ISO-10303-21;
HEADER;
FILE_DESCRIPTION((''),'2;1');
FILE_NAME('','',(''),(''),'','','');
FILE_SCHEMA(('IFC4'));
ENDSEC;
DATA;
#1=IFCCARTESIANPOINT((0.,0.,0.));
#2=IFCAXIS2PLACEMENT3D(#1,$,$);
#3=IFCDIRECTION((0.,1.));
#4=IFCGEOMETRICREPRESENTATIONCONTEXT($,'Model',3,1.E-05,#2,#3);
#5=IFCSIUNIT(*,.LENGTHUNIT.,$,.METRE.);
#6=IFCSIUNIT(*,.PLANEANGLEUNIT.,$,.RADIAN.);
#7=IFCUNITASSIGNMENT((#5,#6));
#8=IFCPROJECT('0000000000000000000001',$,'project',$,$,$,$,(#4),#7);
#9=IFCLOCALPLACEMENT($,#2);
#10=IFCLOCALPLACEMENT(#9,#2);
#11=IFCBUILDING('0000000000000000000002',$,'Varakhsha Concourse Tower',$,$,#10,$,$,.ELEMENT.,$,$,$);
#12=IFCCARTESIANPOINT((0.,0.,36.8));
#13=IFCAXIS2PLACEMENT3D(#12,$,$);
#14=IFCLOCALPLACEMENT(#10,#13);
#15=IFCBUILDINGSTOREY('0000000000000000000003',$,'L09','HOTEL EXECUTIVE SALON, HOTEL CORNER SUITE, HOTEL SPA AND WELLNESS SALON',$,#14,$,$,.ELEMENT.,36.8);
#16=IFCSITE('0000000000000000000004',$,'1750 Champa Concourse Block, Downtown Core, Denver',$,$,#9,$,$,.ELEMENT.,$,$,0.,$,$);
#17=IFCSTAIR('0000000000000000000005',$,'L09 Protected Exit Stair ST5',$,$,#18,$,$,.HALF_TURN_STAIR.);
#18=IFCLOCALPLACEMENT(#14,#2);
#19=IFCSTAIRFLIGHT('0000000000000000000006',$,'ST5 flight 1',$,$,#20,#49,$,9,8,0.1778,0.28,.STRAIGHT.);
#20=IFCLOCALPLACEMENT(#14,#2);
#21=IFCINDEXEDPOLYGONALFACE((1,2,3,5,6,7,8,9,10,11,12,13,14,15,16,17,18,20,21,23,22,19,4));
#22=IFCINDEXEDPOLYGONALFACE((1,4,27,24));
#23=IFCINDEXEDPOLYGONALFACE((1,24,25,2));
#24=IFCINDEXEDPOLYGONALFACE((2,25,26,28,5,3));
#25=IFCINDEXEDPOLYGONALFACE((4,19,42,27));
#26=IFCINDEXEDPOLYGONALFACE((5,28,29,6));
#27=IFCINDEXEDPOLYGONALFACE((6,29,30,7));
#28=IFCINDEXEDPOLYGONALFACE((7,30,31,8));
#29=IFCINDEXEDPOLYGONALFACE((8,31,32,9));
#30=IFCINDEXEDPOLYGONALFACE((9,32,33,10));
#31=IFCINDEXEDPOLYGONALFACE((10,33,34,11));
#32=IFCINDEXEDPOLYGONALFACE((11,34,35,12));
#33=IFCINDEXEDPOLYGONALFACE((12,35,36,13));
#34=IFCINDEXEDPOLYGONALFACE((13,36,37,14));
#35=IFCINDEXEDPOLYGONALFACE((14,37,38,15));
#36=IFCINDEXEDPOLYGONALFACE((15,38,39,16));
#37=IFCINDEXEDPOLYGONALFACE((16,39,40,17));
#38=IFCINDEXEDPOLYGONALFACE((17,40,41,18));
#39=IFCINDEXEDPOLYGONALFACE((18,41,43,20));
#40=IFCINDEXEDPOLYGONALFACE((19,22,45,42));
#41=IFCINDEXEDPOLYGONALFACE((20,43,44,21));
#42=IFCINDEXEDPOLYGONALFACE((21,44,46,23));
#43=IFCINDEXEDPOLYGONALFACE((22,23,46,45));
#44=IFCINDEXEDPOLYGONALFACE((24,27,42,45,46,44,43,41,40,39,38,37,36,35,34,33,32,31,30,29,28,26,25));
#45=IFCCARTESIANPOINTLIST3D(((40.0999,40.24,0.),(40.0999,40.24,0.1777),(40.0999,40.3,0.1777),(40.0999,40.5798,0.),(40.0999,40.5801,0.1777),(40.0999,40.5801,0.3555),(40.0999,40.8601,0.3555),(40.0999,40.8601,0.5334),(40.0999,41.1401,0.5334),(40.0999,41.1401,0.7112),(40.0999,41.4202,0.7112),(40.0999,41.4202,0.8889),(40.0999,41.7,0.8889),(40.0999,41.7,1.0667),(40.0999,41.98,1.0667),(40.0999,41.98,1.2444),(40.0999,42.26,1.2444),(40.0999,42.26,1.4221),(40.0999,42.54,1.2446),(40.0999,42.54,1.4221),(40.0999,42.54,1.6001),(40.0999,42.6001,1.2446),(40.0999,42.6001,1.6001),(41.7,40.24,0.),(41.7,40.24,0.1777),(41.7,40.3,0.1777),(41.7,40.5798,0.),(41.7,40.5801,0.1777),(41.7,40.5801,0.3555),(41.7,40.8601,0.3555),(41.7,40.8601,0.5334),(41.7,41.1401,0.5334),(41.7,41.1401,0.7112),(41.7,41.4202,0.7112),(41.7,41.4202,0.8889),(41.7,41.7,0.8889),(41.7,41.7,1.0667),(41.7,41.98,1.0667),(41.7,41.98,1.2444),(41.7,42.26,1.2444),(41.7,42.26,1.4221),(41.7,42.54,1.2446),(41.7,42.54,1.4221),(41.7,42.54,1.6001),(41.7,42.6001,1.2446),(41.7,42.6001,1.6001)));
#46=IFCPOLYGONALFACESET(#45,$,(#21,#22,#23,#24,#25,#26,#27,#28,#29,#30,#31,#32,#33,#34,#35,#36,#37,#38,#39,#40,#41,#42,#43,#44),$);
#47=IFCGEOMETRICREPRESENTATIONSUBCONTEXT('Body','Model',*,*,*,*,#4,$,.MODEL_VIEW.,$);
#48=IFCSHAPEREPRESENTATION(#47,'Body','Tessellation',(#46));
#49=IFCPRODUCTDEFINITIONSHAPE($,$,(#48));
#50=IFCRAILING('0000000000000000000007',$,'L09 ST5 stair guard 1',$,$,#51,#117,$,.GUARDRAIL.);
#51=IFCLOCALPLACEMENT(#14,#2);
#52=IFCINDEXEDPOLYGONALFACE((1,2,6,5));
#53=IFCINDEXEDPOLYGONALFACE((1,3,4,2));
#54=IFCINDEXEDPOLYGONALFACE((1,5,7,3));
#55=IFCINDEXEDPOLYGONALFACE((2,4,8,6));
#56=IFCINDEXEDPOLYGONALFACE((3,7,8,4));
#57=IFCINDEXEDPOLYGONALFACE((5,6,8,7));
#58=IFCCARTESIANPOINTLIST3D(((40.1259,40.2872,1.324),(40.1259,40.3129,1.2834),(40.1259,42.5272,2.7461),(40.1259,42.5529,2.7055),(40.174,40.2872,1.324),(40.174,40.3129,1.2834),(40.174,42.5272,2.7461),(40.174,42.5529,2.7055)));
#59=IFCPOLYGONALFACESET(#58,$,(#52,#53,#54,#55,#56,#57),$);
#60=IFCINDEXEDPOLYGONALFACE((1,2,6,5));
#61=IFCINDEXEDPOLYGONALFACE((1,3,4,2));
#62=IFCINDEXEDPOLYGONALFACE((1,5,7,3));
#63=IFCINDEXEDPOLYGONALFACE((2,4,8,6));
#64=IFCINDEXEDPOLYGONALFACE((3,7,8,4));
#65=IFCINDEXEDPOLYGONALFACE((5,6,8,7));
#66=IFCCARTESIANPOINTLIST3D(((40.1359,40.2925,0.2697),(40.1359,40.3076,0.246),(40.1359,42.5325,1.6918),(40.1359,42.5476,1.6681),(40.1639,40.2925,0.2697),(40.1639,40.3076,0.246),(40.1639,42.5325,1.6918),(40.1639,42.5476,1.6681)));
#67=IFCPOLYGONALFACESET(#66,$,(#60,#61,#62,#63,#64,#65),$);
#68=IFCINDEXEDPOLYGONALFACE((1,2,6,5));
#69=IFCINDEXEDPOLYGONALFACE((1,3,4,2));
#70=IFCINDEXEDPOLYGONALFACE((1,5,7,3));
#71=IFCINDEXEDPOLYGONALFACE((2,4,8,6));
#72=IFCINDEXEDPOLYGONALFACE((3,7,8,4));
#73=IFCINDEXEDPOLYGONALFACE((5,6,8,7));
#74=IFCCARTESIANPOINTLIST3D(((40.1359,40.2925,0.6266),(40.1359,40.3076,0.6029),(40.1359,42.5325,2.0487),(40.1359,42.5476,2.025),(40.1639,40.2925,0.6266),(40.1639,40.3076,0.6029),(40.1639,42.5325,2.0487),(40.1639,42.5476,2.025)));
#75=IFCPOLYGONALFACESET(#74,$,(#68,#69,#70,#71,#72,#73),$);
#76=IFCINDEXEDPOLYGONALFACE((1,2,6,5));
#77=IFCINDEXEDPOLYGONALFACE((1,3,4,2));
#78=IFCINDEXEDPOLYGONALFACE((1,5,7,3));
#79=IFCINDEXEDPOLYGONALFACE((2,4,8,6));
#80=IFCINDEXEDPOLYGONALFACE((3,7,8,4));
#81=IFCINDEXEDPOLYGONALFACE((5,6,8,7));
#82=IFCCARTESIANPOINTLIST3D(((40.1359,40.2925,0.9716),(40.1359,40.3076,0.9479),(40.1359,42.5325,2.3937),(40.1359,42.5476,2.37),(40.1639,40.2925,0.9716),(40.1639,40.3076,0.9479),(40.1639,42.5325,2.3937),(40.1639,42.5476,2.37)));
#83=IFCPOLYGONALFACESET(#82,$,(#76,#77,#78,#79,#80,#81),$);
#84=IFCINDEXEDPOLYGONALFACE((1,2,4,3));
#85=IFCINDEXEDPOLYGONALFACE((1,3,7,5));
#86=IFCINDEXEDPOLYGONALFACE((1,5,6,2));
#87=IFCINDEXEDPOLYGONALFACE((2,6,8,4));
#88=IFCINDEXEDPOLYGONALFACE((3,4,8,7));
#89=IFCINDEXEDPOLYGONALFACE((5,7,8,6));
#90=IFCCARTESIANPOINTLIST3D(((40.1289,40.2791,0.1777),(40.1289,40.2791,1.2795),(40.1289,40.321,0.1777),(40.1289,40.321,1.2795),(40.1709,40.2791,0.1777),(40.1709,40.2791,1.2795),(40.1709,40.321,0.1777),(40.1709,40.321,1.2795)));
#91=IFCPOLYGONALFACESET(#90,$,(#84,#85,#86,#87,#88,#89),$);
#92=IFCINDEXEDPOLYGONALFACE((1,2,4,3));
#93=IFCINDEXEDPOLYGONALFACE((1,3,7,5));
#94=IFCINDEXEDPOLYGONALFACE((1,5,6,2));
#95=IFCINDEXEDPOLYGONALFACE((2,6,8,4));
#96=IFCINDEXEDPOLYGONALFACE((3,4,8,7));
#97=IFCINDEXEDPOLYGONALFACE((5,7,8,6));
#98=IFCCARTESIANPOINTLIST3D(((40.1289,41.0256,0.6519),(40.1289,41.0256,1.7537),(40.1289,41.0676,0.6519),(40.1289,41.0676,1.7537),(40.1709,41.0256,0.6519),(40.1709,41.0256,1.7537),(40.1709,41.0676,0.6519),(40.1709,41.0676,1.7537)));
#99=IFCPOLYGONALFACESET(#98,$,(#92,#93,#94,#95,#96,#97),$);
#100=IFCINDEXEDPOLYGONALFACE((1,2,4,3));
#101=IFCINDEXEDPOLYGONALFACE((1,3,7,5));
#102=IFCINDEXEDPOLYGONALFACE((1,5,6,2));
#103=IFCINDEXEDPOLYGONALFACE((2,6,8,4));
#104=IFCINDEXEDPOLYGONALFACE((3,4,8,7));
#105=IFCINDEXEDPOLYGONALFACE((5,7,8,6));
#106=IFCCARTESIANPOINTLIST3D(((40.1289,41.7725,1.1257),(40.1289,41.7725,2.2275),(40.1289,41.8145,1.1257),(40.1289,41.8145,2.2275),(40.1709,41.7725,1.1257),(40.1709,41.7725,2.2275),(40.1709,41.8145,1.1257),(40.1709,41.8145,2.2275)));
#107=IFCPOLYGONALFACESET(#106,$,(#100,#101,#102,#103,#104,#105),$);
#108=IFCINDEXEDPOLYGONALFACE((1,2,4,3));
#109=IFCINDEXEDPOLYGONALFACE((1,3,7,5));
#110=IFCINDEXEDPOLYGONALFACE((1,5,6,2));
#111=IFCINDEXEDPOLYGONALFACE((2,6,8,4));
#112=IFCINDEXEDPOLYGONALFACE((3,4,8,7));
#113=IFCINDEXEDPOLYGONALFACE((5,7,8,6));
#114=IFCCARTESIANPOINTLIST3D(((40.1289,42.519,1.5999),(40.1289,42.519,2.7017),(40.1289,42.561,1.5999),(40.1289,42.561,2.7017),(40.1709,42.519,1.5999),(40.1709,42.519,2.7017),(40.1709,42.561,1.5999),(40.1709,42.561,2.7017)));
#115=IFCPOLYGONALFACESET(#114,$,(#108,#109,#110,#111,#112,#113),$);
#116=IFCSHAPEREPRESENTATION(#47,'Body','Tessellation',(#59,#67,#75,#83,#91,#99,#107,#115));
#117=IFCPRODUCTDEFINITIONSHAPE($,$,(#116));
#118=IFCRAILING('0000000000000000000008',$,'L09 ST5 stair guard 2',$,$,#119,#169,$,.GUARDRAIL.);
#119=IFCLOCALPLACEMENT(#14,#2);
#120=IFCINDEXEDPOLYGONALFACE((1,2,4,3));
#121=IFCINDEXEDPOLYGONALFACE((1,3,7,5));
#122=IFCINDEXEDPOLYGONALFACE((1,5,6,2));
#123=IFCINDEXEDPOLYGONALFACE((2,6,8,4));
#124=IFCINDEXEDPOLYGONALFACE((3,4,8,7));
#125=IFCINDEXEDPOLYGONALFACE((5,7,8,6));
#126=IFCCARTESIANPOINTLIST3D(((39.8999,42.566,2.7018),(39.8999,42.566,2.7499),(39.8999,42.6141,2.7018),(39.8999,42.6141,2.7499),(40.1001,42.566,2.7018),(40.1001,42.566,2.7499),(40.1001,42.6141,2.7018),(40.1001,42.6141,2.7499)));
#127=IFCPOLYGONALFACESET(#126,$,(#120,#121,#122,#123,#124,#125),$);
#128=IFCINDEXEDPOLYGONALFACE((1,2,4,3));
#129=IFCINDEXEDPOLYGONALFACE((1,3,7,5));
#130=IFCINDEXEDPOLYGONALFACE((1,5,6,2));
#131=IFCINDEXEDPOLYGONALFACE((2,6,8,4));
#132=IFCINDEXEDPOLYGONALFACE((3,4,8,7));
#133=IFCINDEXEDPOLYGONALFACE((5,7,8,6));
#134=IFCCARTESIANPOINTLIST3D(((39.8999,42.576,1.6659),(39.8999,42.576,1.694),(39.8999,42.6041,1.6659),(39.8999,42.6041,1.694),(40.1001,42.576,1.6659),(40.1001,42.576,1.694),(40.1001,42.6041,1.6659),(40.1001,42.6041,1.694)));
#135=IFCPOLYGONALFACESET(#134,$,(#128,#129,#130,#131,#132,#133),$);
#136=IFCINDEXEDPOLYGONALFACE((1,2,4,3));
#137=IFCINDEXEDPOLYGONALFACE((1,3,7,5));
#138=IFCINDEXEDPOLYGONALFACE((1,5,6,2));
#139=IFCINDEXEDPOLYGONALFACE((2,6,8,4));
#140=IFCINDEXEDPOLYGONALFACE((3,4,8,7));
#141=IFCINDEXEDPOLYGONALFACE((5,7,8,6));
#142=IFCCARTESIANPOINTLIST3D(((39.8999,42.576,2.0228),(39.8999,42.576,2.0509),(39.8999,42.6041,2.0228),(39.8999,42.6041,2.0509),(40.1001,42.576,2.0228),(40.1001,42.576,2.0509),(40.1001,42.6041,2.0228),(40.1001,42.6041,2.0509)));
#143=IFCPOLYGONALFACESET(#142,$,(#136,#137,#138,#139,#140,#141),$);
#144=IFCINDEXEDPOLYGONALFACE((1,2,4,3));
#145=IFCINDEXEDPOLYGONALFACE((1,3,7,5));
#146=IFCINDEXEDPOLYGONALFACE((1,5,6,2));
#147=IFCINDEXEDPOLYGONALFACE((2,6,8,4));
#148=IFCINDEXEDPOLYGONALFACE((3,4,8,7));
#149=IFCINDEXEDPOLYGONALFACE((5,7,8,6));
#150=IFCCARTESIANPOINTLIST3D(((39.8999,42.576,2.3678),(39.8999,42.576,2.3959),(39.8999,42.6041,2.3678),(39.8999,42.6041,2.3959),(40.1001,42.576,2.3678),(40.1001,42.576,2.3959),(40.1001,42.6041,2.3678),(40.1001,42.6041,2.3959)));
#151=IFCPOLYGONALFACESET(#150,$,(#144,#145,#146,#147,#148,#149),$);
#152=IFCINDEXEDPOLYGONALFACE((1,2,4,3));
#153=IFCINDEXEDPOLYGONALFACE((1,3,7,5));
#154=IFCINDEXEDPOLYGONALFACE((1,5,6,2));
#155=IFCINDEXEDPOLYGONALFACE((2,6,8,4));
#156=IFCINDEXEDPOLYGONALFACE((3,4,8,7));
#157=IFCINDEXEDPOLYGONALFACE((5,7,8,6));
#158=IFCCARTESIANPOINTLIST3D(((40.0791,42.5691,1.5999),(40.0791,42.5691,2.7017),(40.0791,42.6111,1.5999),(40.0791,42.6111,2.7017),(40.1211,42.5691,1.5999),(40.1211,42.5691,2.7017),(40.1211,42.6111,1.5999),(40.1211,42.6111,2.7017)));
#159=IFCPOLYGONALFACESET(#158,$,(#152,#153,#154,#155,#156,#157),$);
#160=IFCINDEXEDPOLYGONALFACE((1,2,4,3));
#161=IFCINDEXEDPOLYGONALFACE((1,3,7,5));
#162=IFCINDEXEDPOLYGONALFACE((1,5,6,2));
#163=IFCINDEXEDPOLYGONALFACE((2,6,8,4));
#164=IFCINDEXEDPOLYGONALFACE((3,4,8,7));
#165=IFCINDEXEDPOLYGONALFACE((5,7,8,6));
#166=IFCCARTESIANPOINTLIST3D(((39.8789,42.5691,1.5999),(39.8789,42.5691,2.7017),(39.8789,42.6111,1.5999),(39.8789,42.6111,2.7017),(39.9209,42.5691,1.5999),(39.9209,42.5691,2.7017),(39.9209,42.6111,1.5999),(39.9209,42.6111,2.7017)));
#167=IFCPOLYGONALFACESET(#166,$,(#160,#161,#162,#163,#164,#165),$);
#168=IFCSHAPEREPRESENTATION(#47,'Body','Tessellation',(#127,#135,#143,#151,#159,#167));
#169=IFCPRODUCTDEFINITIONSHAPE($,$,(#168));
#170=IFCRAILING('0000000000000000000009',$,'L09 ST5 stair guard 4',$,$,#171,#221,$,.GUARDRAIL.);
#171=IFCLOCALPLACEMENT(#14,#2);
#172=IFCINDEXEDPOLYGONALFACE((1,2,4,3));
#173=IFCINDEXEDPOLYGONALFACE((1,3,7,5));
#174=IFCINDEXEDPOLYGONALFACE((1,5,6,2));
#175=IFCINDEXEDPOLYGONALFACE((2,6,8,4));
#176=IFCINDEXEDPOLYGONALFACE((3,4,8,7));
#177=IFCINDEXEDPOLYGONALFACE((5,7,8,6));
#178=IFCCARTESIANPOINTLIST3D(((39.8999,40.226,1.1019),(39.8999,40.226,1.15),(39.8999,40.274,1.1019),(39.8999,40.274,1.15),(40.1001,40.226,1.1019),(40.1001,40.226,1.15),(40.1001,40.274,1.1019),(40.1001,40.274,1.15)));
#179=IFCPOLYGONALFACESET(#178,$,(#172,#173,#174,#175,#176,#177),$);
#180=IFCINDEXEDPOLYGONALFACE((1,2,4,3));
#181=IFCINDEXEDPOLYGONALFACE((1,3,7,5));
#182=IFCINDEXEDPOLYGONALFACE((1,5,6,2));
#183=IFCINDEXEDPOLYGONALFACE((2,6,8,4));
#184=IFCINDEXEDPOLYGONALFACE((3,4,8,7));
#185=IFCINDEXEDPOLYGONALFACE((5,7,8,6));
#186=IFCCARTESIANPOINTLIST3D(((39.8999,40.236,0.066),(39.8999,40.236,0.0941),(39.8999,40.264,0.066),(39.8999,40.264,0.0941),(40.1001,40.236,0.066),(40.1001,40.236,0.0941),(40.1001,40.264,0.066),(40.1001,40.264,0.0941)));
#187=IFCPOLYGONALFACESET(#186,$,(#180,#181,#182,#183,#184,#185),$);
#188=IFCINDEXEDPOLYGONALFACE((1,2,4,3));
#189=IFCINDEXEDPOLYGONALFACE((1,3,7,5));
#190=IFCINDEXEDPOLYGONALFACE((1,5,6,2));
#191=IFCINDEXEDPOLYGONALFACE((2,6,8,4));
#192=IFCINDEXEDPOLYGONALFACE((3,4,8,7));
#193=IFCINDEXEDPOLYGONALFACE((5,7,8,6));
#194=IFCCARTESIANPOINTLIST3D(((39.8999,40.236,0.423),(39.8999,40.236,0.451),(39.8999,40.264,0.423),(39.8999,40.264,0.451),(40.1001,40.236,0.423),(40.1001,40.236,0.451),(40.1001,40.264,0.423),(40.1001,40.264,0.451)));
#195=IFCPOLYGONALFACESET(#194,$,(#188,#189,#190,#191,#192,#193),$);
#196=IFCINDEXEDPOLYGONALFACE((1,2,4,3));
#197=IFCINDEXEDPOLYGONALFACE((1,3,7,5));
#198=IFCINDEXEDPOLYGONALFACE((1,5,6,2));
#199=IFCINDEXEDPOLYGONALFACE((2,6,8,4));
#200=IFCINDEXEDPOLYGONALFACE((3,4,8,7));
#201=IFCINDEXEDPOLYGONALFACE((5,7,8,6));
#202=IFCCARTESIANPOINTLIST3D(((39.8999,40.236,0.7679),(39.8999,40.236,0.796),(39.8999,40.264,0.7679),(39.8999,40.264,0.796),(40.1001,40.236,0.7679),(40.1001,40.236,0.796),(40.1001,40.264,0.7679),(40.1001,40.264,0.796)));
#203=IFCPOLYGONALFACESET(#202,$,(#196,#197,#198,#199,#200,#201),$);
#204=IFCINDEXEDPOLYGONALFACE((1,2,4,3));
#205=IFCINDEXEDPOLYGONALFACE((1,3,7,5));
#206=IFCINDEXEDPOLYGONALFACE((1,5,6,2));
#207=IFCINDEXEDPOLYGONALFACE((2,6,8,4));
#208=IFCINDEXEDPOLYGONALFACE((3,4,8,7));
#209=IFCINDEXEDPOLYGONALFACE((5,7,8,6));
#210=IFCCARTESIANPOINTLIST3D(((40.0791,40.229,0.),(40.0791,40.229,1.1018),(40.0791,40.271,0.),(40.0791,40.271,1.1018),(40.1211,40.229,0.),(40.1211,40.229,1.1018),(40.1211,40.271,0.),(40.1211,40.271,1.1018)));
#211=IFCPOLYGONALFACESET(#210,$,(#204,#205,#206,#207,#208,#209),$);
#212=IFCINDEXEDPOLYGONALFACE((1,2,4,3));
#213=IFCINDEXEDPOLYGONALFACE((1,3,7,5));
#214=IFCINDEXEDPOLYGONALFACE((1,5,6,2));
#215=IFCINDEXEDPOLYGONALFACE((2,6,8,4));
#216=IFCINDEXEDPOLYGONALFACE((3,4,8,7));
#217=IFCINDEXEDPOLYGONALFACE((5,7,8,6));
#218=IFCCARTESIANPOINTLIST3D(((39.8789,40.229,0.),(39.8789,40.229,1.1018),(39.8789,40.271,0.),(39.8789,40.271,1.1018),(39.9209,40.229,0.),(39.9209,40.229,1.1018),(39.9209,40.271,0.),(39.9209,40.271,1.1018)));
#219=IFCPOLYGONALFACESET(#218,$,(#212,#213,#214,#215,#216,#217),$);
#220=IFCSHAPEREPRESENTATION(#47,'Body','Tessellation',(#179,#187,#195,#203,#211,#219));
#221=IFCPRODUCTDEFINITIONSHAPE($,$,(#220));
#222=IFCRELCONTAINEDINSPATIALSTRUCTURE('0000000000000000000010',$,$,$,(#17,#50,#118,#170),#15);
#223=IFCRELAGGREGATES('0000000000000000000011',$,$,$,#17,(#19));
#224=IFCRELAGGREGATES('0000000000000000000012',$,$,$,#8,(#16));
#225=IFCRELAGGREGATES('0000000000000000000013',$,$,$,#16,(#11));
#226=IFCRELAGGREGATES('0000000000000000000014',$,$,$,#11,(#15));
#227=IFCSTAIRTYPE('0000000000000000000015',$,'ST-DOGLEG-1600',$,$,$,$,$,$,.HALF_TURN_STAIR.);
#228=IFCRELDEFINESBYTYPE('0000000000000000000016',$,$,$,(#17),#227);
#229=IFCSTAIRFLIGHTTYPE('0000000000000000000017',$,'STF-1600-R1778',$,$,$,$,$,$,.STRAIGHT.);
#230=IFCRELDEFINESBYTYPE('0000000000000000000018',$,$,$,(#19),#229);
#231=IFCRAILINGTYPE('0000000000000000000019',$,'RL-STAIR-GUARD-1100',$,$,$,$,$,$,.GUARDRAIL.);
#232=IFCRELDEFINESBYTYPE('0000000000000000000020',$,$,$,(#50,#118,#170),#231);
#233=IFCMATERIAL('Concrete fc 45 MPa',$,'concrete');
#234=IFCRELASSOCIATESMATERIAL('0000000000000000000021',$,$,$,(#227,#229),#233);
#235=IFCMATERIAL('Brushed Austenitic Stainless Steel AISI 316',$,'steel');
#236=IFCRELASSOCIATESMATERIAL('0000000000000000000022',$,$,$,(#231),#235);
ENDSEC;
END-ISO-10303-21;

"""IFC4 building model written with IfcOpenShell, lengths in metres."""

from ifc_helpers import new_model, si_unit, direction, frame, origin, origin_2d, place, context, subcontext, project, spatial, polyline, rectangle, outline, extrude, material, type_object, element, aggregate, save


model = new_model("IFC4")

# Units and contexts
model_context = context("Model", 3, precision=1e-05, world=origin(), true_north=direction((0.0, 1.0)))
body_context = subcontext(model_context, "Body", "Model", "MODEL_VIEW")
ifc_project = project(units=[si_unit("LENGTHUNIT", "METRE"), si_unit("PLANEANGLEUNIT", "RADIAN")], contexts=[model_context])

# Site, building, storey
site_placement = place(None, origin())
site = spatial("IfcSite", under=ifc_project, at=site_placement, Name="1750 Champa Concourse Block, Downtown Core, Denver", CompositionType="ELEMENT", RefElevation=0.0)
building_placement = place(site_placement, origin())
building = spatial("IfcBuilding", under=site, at=building_placement, Name="Varakhsha Concourse Tower", CompositionType="ELEMENT")
storey_placement = place(building_placement, frame((0.0, 0.0, 36.8)))
storey = spatial("IfcBuildingStorey", under=building, at=storey_placement, Name="L09", Description="HOTEL EXECUTIVE SALON, HOTEL CORNER SUITE, HOTEL SPA AND WELLNESS SALON", CompositionType="ELEMENT", Elevation=36.8)

# Shared definitions
ifc_material_1 = material(Name="Concrete fc 45 MPa", Category="concrete")

# Stair, stair flight
stair_type = type_object("IfcStairType", Name="ST-DOGLEG-1600", PredefinedType="HALF_TURN_STAIR", material=ifc_material_1)
stair_placement = place(storey_placement, origin())
stair = element("IfcStair", 1, at=stair_placement, inside=storey, type_object=stair_type, Name="L09 Protected Exit Stair ST5", PredefinedType="HALF_TURN_STAIR")
stair_flight_type = type_object("IfcStairFlightType", Name="STF-1600-R1778", PredefinedType="STRAIGHT", material=ifc_material_1)
stair_flight_placement = place(storey_placement, frame((40.8999, 40.3, 0.0), z_axis=(0.0, 0.0, 1.0), x_axis=(0.0, 1.0, 0.0)))
stair_flight = element("IfcStairFlight", 2, at=stair_flight_placement, type_object=stair_flight_type, Name="ST5 flight 1", NumberOfRisers=9, NumberOfTreads=8, PredefinedType="STRAIGHT", RiserHeight=0.1778, TreadLength=0.28, context=body_context, shape_type="SweptSolid", body=[
    extrude(outline(polyline([(-0.0601, 0.0), (-0.0601, 0.1777), (0.0, 0.1777), (0.28, 0.1777), (0.28, 0.3555), (0.5601, 0.3555), (0.5601, 0.5334), (0.8401, 0.5334), (0.8401, 0.7112), (1.1201, 0.7112), (1.1201, 0.8889), (1.3999, 0.8889), (1.3999, 1.0667), (1.6799, 1.0667), (1.6799, 1.2444), (1.96, 1.2444), (1.96, 1.4221), (2.24, 1.4221), (2.24, 1.6001), (2.3, 1.6001), (2.3, 1.2446), (2.24, 1.2446), (0.2798, 0.0), (-0.0601, 0.0)])), frame((0.0, 0.8, 0.0), z_axis=(0.0, -1.0, 0.0), x_axis=(1.0, 0.0, 0.0)), (0.0, 0.0, 1.0), 1.6001),
])
aggregate(stair, [stair_flight])

# Railings
ifc_material_2 = material(Name="Brushed Austenitic Stainless Steel AISI 316", Category="steel")
railing_type_1 = type_object("IfcRailingType", Name="RL-STAIR-GUARD-1100", PredefinedType="GUARDRAIL", material=ifc_material_2)
railing_1_placement = place(storey_placement, frame((40.1499, 40.3, 0.1777)))
element("IfcRailing", 3, at=railing_1_placement, inside=storey, type_object=railing_type_1, Name="L09 ST5 stair guard 1", PredefinedType="GUARDRAIL", context=body_context, shape_type="SweptSolid", body=[
    extrude(rectangle(XDim=0.0481, YDim=0.0481, at=origin_2d()), frame((0.0, 0.0, 1.126), z_axis=(0.0, 0.844229, 0.535982), x_axis=(-1.0, 0.0, 0.0)), (0.0, 0.0, 1.0), 2.6533),
    extrude(rectangle(XDim=0.0281, YDim=0.0281, at=origin_2d()), frame((0.0, 0.0, 0.0801), z_axis=(0.0, 0.844229, 0.535982), x_axis=(-1.0, 0.0, 0.0)), (0.0, 0.0, 1.0), 2.6533),
    extrude(rectangle(XDim=0.0281, YDim=0.0281, at=origin_2d()), frame((0.0, 0.0, 0.437), z_axis=(0.0, 0.844229, 0.535982), x_axis=(-1.0, 0.0, 0.0)), (0.0, 0.0, 1.0), 2.6533),
    extrude(rectangle(XDim=0.0281, YDim=0.0281, at=origin_2d()), frame((0.0, 0.0, 0.782), z_axis=(0.0, 0.844229, 0.535982), x_axis=(-1.0, 0.0, 0.0)), (0.0, 0.0, 1.0), 2.6533),
    extrude(rectangle(XDim=0.042, YDim=0.042, at=origin_2d()), origin(), (0.0, 0.0, 1.0), 1.1018),
    extrude(rectangle(XDim=0.042, YDim=0.042, at=origin_2d()), frame((0.0, 0.7466, 0.4741)), (0.0, 0.0, 1.0), 1.1018),
    extrude(rectangle(XDim=0.042, YDim=0.042, at=origin_2d()), frame((0.0, 1.4934, 0.948)), (0.0, 0.0, 1.0), 1.1018),
    extrude(rectangle(XDim=0.042, YDim=0.042, at=origin_2d()), frame((0.0, 2.24, 1.4221)), (0.0, 0.0, 1.0), 1.1018),
])
for number, where, name in (
    (4, (40.1001, 42.5901, 1.5999), "L09 ST5 stair guard 2"),
    (5, (40.1001, 40.25, 0.0), "L09 ST5 stair guard 4"),
):
    element("IfcRailing", number, at=place(storey_placement, frame(where)), inside=storey, type_object=railing_type_1, Name=name, PredefinedType="GUARDRAIL", context=body_context, shape_type="SweptSolid", body=[
        extrude(rectangle(XDim=0.0481, YDim=0.0481, at=origin_2d()), frame((0.0, 0.0, 1.126), z_axis=(-1.0, 0.0, 0.0), x_axis=(0.0, -1.0, 0.0)), (0.0, 0.0, 1.0), 0.2002),
        extrude(rectangle(XDim=0.0281, YDim=0.0281, at=origin_2d()), frame((0.0, 0.0, 0.0801), z_axis=(-1.0, 0.0, 0.0), x_axis=(0.0, -1.0, 0.0)), (0.0, 0.0, 1.0), 0.2002),
        extrude(rectangle(XDim=0.0281, YDim=0.0281, at=origin_2d()), frame((0.0, 0.0, 0.437), z_axis=(-1.0, 0.0, 0.0), x_axis=(0.0, -1.0, 0.0)), (0.0, 0.0, 1.0), 0.2002),
        extrude(rectangle(XDim=0.0281, YDim=0.0281, at=origin_2d()), frame((0.0, 0.0, 0.782), z_axis=(-1.0, 0.0, 0.0), x_axis=(0.0, -1.0, 0.0)), (0.0, 0.0, 1.0), 0.2002),
        extrude(rectangle(XDim=0.042, YDim=0.042, at=origin_2d()), origin(), (0.0, 0.0, 1.0), 1.1018),
        extrude(rectangle(XDim=0.042, YDim=0.042, at=origin_2d()), frame((-0.2002, 0.0, 0.0)), (0.0, 0.0, 1.0), 1.1018),
    ])

save(model, "model.ifc")
